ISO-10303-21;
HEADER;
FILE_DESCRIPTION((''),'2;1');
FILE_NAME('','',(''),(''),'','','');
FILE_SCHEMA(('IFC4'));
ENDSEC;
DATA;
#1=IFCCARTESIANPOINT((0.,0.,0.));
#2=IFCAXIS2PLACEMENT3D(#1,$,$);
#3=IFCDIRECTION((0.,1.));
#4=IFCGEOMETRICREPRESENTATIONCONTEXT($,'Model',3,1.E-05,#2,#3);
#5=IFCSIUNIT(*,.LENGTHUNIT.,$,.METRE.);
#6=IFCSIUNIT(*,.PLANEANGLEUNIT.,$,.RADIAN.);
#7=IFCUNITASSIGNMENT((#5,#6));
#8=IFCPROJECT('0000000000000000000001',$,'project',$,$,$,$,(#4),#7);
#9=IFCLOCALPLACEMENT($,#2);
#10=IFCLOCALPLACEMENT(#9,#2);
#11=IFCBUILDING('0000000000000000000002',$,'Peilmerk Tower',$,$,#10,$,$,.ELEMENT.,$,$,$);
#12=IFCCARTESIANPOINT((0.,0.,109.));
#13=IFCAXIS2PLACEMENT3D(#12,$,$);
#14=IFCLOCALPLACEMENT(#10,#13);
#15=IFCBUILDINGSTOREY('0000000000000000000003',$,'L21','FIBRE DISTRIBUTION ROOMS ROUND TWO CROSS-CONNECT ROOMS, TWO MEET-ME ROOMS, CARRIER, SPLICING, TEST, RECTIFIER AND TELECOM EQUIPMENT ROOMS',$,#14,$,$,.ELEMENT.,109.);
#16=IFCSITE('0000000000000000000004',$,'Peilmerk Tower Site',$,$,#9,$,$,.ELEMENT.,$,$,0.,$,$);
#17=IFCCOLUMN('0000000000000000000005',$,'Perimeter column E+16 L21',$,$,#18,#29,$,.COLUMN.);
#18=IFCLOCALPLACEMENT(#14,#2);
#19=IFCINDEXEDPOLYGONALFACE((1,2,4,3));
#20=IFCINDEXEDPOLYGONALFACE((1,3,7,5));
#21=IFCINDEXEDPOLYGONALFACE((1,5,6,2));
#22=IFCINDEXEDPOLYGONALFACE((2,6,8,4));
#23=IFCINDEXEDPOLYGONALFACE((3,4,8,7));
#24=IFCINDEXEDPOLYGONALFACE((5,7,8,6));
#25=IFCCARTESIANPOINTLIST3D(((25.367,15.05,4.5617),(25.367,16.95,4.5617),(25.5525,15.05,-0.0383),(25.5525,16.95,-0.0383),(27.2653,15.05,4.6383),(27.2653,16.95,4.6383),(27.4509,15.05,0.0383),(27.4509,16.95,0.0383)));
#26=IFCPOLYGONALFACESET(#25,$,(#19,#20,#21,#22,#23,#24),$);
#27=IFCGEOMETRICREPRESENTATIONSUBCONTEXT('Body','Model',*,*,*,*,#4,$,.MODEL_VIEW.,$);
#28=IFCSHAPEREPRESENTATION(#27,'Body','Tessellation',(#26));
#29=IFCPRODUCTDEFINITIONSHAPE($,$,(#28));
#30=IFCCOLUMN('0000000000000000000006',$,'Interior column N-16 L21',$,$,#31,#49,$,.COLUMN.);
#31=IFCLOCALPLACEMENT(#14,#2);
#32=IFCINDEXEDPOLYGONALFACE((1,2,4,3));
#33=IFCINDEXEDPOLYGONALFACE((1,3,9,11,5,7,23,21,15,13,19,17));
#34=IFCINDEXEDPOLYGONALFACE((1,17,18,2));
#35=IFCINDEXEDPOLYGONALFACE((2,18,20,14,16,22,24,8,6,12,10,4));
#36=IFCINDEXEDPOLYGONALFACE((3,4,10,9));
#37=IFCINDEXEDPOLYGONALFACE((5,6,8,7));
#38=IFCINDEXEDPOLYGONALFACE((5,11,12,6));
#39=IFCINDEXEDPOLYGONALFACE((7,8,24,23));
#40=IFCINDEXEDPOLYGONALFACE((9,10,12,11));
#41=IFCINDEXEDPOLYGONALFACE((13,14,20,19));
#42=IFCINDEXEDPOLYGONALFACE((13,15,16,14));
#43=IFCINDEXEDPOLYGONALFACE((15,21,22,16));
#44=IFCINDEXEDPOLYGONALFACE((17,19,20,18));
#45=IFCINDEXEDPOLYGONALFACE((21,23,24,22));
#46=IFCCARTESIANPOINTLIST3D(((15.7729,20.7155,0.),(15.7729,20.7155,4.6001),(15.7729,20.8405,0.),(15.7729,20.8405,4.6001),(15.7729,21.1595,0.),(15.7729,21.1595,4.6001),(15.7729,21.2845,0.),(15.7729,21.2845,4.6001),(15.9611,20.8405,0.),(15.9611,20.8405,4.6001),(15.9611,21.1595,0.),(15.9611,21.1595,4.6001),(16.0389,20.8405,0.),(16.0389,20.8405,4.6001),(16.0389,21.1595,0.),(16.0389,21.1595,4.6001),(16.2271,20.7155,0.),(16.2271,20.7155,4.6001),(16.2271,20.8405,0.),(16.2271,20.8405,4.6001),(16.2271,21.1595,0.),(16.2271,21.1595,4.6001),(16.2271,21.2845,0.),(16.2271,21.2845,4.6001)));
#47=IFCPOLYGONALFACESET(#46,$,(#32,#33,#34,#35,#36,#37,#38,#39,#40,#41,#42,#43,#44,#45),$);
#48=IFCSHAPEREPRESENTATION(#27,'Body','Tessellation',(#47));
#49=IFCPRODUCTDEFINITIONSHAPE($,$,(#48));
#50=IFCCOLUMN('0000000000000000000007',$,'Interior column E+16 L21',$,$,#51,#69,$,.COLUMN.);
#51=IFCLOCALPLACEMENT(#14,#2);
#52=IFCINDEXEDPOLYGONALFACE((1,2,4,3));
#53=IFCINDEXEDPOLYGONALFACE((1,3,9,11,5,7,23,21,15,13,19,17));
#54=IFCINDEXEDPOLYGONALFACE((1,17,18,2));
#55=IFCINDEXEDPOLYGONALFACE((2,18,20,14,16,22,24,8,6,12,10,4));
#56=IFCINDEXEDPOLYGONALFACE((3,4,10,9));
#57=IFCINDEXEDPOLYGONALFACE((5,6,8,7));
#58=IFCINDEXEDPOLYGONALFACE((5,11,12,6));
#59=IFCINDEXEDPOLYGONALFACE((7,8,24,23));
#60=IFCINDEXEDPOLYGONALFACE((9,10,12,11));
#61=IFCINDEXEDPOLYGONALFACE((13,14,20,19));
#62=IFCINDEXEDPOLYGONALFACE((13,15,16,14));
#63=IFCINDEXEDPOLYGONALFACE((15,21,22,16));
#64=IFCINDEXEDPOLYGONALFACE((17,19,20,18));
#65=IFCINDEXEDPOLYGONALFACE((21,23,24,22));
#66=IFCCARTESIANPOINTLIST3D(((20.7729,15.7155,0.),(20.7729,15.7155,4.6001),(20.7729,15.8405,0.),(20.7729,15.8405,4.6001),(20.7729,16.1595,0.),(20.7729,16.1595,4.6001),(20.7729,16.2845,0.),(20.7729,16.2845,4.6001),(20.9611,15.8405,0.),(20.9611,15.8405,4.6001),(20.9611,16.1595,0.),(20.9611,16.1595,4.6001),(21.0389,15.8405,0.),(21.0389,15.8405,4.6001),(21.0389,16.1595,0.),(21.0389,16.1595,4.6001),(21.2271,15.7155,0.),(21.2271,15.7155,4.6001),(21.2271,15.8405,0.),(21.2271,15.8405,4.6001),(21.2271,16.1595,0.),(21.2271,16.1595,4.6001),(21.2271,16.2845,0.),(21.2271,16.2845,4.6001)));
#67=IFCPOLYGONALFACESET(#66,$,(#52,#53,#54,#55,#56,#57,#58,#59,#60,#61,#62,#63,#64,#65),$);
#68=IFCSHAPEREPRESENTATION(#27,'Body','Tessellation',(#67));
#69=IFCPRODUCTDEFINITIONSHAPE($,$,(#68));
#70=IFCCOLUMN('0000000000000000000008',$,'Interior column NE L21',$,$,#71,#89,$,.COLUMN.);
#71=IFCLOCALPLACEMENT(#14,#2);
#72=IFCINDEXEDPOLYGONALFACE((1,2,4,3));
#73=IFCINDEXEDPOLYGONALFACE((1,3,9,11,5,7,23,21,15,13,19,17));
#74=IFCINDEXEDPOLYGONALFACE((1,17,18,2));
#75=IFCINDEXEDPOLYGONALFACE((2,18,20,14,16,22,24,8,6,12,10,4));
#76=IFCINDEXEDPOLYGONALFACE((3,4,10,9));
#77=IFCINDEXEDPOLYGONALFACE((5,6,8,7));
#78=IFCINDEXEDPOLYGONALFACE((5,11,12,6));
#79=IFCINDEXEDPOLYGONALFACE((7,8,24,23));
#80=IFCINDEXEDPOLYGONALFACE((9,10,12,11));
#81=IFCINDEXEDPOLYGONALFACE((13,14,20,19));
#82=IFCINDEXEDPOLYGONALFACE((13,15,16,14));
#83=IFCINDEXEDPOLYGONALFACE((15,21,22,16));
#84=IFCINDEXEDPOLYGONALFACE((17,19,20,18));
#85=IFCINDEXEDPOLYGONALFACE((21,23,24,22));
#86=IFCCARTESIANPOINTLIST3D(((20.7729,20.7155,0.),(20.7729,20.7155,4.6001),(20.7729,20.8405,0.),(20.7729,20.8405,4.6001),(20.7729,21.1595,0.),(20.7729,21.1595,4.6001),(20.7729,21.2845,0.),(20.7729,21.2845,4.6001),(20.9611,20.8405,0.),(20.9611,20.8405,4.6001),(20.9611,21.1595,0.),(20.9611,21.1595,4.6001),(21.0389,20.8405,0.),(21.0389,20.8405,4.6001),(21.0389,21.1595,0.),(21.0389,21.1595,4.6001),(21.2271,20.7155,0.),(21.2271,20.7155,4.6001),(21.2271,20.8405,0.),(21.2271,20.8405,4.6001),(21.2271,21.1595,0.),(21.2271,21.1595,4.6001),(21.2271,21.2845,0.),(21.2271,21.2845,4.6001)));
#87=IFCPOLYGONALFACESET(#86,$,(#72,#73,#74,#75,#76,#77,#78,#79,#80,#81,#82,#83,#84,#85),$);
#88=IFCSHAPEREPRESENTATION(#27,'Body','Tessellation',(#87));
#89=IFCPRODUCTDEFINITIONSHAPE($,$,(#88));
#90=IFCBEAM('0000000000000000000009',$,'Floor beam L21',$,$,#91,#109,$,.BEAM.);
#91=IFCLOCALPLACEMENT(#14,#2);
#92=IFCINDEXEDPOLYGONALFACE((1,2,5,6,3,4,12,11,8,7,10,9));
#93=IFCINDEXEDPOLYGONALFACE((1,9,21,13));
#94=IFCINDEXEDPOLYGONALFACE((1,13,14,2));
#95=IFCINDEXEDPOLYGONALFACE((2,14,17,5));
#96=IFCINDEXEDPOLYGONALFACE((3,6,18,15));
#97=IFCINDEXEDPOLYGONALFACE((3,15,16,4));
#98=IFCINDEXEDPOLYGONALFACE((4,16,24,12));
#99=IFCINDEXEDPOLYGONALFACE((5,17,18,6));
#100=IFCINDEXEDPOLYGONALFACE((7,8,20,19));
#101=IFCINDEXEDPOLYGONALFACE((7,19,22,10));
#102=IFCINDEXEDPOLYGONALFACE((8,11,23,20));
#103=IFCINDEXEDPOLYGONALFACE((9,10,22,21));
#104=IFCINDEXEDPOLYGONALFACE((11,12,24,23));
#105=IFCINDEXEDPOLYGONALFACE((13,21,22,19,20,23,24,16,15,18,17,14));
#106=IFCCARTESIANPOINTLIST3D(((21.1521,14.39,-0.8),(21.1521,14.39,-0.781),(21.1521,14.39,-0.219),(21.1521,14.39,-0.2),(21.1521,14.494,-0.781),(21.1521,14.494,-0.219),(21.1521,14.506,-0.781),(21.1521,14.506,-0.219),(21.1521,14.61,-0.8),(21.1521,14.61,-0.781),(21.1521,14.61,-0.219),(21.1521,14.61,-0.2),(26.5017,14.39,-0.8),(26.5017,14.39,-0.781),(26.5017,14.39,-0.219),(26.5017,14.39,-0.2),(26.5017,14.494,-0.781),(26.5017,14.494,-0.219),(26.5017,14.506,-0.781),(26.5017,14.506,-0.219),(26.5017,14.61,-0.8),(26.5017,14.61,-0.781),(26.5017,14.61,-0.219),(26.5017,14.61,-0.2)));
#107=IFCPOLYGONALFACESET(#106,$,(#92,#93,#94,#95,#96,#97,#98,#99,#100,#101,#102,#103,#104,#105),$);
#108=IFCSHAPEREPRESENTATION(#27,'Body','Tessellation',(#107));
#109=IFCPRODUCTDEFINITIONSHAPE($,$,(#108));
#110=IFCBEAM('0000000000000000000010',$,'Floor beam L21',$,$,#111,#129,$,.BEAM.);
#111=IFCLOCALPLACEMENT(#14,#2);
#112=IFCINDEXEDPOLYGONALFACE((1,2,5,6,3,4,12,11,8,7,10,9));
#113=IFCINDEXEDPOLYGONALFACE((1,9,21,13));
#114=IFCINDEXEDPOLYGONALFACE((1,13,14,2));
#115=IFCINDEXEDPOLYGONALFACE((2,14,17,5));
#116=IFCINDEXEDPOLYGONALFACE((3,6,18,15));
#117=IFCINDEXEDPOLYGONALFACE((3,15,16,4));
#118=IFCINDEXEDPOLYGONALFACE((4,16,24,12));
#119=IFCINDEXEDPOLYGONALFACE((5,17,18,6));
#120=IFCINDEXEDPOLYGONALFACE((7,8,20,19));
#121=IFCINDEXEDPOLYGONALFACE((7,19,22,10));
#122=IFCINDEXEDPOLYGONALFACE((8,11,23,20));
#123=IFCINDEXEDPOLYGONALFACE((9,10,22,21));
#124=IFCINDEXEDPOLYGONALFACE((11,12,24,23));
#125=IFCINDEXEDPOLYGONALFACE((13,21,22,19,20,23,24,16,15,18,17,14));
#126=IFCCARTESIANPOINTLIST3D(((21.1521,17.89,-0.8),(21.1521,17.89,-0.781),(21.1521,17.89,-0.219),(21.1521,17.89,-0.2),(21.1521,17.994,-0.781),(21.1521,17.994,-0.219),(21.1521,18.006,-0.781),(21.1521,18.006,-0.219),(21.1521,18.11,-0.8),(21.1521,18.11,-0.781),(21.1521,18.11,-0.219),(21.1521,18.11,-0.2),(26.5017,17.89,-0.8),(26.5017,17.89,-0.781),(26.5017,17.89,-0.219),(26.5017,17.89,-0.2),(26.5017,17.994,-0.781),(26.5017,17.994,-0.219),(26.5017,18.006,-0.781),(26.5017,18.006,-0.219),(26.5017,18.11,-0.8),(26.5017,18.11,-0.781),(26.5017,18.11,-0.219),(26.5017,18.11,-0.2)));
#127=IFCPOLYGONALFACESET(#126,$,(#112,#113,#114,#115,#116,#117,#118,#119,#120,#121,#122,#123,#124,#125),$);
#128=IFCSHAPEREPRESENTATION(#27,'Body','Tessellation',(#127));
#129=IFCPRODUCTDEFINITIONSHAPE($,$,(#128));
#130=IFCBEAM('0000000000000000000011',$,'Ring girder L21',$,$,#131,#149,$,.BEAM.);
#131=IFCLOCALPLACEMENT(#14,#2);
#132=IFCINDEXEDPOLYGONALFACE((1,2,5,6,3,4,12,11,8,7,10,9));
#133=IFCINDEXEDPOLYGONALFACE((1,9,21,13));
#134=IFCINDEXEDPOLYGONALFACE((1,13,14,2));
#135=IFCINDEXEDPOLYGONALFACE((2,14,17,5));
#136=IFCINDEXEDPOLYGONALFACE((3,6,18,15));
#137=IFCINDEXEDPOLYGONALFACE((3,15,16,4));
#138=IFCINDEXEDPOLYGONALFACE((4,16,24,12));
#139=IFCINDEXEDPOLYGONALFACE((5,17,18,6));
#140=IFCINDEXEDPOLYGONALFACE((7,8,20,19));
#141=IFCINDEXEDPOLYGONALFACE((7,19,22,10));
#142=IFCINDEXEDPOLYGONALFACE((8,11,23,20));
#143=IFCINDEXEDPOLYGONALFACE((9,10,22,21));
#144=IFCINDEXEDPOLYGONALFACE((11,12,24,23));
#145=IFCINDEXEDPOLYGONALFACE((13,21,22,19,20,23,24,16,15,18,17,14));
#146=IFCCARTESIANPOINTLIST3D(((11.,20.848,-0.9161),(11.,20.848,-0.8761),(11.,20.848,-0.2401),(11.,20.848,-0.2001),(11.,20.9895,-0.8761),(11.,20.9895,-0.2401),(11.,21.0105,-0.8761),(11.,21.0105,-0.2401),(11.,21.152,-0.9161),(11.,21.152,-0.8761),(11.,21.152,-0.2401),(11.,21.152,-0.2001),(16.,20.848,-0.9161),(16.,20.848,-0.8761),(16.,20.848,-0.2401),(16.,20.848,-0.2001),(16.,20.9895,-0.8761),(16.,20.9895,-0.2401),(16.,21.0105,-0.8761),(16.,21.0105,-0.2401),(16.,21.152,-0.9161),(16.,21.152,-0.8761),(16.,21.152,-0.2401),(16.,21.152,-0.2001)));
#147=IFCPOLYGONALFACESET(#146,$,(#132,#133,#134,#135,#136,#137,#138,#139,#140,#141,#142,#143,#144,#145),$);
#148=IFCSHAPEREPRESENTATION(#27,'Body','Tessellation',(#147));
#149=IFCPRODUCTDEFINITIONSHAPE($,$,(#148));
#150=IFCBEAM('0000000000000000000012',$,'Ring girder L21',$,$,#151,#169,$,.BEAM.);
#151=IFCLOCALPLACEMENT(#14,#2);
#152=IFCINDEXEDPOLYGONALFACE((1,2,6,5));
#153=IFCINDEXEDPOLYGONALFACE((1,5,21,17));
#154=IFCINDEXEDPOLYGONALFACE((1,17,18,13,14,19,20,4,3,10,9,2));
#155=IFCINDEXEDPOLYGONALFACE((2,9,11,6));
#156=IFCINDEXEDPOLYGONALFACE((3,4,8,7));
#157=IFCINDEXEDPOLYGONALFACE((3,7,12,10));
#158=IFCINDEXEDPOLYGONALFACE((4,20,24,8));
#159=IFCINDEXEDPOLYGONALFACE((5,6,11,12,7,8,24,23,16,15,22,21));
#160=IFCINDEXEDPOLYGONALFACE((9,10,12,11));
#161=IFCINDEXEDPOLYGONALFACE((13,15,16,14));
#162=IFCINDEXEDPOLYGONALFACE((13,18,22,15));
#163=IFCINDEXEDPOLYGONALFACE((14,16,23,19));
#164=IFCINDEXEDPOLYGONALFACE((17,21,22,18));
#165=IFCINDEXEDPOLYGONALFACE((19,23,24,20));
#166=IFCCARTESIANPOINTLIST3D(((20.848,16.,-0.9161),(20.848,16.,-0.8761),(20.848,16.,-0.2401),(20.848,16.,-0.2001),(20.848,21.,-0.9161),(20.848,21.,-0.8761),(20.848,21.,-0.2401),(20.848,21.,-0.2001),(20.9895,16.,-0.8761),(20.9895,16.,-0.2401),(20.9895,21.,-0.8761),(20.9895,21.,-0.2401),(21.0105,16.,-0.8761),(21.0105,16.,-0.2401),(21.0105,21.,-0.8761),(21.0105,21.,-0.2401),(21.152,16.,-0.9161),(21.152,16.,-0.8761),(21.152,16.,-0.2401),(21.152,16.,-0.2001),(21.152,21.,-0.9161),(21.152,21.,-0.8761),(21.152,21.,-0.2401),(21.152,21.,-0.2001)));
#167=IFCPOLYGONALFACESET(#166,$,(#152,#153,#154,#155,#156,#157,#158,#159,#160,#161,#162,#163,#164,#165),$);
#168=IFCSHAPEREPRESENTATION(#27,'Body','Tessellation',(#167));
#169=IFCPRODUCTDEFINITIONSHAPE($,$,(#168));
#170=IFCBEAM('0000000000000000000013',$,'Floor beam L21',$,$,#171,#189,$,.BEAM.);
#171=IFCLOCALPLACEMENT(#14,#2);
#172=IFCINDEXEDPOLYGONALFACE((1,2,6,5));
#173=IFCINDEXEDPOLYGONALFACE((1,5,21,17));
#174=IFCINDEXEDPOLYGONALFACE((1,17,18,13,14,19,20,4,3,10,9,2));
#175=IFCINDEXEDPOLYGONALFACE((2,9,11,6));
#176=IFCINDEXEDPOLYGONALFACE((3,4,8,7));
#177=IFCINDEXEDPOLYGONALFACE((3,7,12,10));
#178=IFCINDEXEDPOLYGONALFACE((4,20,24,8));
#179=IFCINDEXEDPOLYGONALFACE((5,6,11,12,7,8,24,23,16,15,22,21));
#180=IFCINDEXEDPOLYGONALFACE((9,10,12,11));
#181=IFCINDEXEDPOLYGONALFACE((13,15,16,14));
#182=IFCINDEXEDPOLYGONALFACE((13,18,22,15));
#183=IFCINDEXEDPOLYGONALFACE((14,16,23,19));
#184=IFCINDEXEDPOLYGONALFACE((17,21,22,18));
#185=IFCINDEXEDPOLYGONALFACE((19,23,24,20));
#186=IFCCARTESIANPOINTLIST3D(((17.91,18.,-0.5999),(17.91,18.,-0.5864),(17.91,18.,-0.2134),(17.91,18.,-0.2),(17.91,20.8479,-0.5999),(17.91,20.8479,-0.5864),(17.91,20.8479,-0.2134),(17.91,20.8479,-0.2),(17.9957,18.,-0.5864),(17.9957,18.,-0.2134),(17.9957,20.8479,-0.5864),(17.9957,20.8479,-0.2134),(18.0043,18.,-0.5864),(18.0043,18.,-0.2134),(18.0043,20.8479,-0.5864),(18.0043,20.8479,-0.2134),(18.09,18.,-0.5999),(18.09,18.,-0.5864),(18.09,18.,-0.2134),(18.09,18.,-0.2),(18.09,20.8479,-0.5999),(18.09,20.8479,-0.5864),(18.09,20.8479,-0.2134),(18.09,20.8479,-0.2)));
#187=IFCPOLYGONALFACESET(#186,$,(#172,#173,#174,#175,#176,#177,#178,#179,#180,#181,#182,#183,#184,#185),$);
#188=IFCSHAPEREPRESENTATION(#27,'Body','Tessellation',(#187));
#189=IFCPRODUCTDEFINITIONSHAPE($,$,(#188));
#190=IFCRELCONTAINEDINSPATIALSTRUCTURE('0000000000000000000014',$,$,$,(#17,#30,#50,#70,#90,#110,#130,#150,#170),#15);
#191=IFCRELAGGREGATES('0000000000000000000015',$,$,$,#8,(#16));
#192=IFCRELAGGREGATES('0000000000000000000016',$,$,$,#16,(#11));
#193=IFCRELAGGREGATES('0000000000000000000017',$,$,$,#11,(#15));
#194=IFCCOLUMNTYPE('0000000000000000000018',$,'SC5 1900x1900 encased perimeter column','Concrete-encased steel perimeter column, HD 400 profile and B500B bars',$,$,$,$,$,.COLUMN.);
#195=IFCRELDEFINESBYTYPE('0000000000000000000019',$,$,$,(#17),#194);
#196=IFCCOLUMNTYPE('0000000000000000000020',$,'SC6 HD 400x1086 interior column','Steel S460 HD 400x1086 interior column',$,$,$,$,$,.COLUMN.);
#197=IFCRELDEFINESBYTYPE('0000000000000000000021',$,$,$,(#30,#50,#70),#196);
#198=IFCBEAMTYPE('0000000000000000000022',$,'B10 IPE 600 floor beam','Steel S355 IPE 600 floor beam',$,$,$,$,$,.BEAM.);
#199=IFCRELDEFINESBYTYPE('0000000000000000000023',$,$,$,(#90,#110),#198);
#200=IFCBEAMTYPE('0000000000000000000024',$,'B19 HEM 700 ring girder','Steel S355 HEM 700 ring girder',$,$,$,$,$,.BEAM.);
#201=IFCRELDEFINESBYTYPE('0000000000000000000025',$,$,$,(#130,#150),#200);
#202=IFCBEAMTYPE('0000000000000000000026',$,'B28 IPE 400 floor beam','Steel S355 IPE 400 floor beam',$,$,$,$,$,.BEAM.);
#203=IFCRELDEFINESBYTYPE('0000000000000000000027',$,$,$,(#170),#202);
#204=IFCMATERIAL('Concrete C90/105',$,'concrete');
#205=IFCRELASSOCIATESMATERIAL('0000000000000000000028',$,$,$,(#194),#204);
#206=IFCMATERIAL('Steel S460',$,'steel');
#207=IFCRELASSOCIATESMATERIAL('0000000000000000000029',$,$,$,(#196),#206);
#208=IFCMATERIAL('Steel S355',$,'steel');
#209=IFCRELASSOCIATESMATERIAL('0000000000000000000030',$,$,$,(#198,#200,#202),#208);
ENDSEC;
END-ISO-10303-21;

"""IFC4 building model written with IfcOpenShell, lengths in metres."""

from ifc_helpers import new_model, si_unit, direction, frame, origin, origin_2d, place, context, subcontext, project, spatial, rectangle, i_section, extrude, material, material_profile, profile_set, type_object, element, save


model = new_model("IFC4")

# Units and contexts
model_context = context("Model", 3, precision=1e-05, world=origin(), true_north=direction((0.0, 1.0)))
body_context = subcontext(model_context, "Body", "Model", "MODEL_VIEW")
ifc_project = project(units=[si_unit("LENGTHUNIT", "METRE"), si_unit("PLANEANGLEUNIT", "RADIAN")], contexts=[model_context])

# Site, building, storey
site_placement = place(None, origin())
site = spatial("IfcSite", under=ifc_project, at=site_placement, Name="Peilmerk Tower Site", CompositionType="ELEMENT", RefElevation=0.0)
building_placement = place(site_placement, origin())
building = spatial("IfcBuilding", under=site, at=building_placement, Name="Peilmerk Tower", CompositionType="ELEMENT")
storey_placement = place(building_placement, frame((0.0, 0.0, 109.0)))
storey = spatial("IfcBuildingStorey", under=building, at=storey_placement, Name="L21", Description="FIBRE DISTRIBUTION ROOMS ROUND TWO CROSS-CONNECT ROOMS, TWO MEET-ME ROOMS, CARRIER, SPLICING, TEST, RECTIFIER AND TELECOM EQUIPMENT ROOMS", CompositionType="ELEMENT", Elevation=109.0)

# Columns
ifc_material_1 = material(Name="Concrete C90/105", Category="concrete")
ifc_material_profile_1 = material_profile(ifc_material_1, rectangle(XDim=1.8999, YDim=1.8999, at=origin_2d()), Name="RC 1900x1900")
ifc_profile_set_1 = profile_set([ifc_material_profile_1], Name="Concrete C90/105")
column_type_1 = type_object("IfcColumnType", Name="SC5 1900x1900 encased perimeter column", Description="Concrete-encased steel perimeter column, HD 400 profile and B500B bars", PredefinedType="COLUMN", material=ifc_profile_set_1)
column_placement = place(storey_placement, frame((26.5017, 16.0, 0.0), z_axis=(-0.040303, 0.0, 0.999188), x_axis=(0.0, -1.0, 0.0)))
element("IfcColumn", 1, at=column_placement, inside=storey, type_object=column_type_1, Name="Perimeter column E+16 L21", PredefinedType="COLUMN", context=body_context, shape_type="SweptSolid", body=[
    extrude(rectangle(XDim=1.8999, YDim=1.8999, at=origin_2d()), origin(), (0.0, 0.0, 1.0), 4.6038),
])
ifc_material_2 = material(Name="Steel S460", Category="steel")
ifc_material_profile_2 = material_profile(ifc_material_2, i_section(OverallWidth=0.4541, OverallDepth=0.5691, WebThickness=0.0779, FlangeThickness=0.125, at=origin_2d()), Name="HD 400x1086")
ifc_profile_set_2 = profile_set([ifc_material_profile_2], Name="Steel S460")
column_type_2 = type_object("IfcColumnType", Name="SC6 HD 400x1086 interior column", Description="Steel S460 HD 400x1086 interior column", PredefinedType="COLUMN", material=ifc_profile_set_2)
for number, where, z_axis, x_axis, name in (
    (2, (16.0, 21.0, 0.0), (0.0, 0.0, 1.0), (1.0, 0.0, 0.0), "Interior column N-16 L21"),
    (3, (21.0, 16.0, 0.0), (0.0, 0.0, 1.0), (1.0, 0.0, 0.0), "Interior column E+16 L21"),
    (4, (21.0, 21.0, 0.0), (0.0, 0.0, 1.0), (1.0, 0.0, 0.0), "Interior column NE L21"),
):
    element("IfcColumn", number, at=place(storey_placement, frame(where, z_axis=z_axis, x_axis=x_axis)), inside=storey, type_object=column_type_2, Name=name, PredefinedType="COLUMN", context=body_context, shape_type="SweptSolid", body=[
        extrude(i_section(OverallWidth=0.4541, OverallDepth=0.5691, WebThickness=0.0779, FlangeThickness=0.125, at=origin_2d()), origin(), (0.0, 0.0, 1.0), 4.6001),
    ])

# Beams
ifc_material_3 = material(Name="Steel S355", Category="steel")
ifc_material_profile_3 = material_profile(ifc_material_3, i_section(OverallWidth=0.22, OverallDepth=0.6001, WebThickness=0.012, FlangeThickness=0.019, at=origin_2d()), Name="IPE 600")
ifc_profile_set_3 = profile_set([ifc_material_profile_3], Name="Steel S355")
beam_type_1 = type_object("IfcBeamType", Name="B10 IPE 600 floor beam", Description="Steel S355 IPE 600 floor beam", PredefinedType="BEAM", material=ifc_profile_set_3)
for number, where, z_axis, x_axis, name in (
    (5, (21.1521, 14.5, -0.5), (1.0, 0.0, 0.0), (0.0, 1.0, 0.0), "Floor beam L21"),
    (6, (21.1521, 18.0, -0.5), (1.0, 0.0, 0.0), (0.0, 1.0, 0.0), "Floor beam L21"),
):
    element("IfcBeam", number, at=place(storey_placement, frame(where, z_axis=z_axis, x_axis=x_axis)), inside=storey, type_object=beam_type_1, Name=name, PredefinedType="BEAM", context=body_context, shape_type="SweptSolid", body=[
        extrude(i_section(OverallWidth=0.22, OverallDepth=0.6001, WebThickness=0.012, FlangeThickness=0.019, at=origin_2d()), origin(), (0.0, 0.0, 1.0), 5.3496),
    ])
ifc_material_profile_4 = material_profile(ifc_material_3, i_section(OverallWidth=0.304, OverallDepth=0.7161, WebThickness=0.021, FlangeThickness=0.04, at=origin_2d()), Name="HEM 700")
ifc_profile_set_4 = profile_set([ifc_material_profile_4], Name="Steel S355")
beam_type_2 = type_object("IfcBeamType", Name="B19 HEM 700 ring girder", Description="Steel S355 HEM 700 ring girder", PredefinedType="BEAM", material=ifc_profile_set_4)
for number, where, z_axis, x_axis, name in (
    (7, (16.0, 21.0, -0.5581), (-1.0, 0.0, 0.0), (0.0, -1.0, 0.0), "Ring girder L21"),
    (8, (21.0, 16.0, -0.5581), (0.0, 1.0, 0.0), (-1.0, 0.0, 0.0), "Ring girder L21"),
):
    element("IfcBeam", number, at=place(storey_placement, frame(where, z_axis=z_axis, x_axis=x_axis)), inside=storey, type_object=beam_type_2, Name=name, PredefinedType="BEAM", context=body_context, shape_type="SweptSolid", body=[
        extrude(i_section(OverallWidth=0.304, OverallDepth=0.7161, WebThickness=0.021, FlangeThickness=0.04, at=origin_2d()), origin(), (0.0, 0.0, 1.0), 5.0),
    ])
ifc_material_profile_5 = material_profile(ifc_material_3, i_section(OverallWidth=0.1799, OverallDepth=0.3999, WebThickness=0.0085, FlangeThickness=0.0134, at=origin_2d()), Name="IPE 400")
ifc_profile_set_5 = profile_set([ifc_material_profile_5], Name="Steel S355")
beam_type_3 = type_object("IfcBeamType", Name="B28 IPE 400 floor beam", Description="Steel S355 IPE 400 floor beam", PredefinedType="BEAM", material=ifc_profile_set_5)
for number, where, z_axis, x_axis, name in (
    (9, (18.0, 18.0, -0.3999), (0.0, 1.0, 0.0), (-1.0, 0.0, 0.0), "Floor beam L21"),
):
    element("IfcBeam", number, at=place(storey_placement, frame(where, z_axis=z_axis, x_axis=x_axis)), inside=storey, type_object=beam_type_3, Name=name, PredefinedType="BEAM", context=body_context, shape_type="SweptSolid", body=[
        extrude(i_section(OverallWidth=0.1799, OverallDepth=0.3999, WebThickness=0.0085, FlangeThickness=0.0134, at=origin_2d()), origin(), (0.0, 0.0, 1.0), 2.8479),
    ])

save(model, "model.ifc")
